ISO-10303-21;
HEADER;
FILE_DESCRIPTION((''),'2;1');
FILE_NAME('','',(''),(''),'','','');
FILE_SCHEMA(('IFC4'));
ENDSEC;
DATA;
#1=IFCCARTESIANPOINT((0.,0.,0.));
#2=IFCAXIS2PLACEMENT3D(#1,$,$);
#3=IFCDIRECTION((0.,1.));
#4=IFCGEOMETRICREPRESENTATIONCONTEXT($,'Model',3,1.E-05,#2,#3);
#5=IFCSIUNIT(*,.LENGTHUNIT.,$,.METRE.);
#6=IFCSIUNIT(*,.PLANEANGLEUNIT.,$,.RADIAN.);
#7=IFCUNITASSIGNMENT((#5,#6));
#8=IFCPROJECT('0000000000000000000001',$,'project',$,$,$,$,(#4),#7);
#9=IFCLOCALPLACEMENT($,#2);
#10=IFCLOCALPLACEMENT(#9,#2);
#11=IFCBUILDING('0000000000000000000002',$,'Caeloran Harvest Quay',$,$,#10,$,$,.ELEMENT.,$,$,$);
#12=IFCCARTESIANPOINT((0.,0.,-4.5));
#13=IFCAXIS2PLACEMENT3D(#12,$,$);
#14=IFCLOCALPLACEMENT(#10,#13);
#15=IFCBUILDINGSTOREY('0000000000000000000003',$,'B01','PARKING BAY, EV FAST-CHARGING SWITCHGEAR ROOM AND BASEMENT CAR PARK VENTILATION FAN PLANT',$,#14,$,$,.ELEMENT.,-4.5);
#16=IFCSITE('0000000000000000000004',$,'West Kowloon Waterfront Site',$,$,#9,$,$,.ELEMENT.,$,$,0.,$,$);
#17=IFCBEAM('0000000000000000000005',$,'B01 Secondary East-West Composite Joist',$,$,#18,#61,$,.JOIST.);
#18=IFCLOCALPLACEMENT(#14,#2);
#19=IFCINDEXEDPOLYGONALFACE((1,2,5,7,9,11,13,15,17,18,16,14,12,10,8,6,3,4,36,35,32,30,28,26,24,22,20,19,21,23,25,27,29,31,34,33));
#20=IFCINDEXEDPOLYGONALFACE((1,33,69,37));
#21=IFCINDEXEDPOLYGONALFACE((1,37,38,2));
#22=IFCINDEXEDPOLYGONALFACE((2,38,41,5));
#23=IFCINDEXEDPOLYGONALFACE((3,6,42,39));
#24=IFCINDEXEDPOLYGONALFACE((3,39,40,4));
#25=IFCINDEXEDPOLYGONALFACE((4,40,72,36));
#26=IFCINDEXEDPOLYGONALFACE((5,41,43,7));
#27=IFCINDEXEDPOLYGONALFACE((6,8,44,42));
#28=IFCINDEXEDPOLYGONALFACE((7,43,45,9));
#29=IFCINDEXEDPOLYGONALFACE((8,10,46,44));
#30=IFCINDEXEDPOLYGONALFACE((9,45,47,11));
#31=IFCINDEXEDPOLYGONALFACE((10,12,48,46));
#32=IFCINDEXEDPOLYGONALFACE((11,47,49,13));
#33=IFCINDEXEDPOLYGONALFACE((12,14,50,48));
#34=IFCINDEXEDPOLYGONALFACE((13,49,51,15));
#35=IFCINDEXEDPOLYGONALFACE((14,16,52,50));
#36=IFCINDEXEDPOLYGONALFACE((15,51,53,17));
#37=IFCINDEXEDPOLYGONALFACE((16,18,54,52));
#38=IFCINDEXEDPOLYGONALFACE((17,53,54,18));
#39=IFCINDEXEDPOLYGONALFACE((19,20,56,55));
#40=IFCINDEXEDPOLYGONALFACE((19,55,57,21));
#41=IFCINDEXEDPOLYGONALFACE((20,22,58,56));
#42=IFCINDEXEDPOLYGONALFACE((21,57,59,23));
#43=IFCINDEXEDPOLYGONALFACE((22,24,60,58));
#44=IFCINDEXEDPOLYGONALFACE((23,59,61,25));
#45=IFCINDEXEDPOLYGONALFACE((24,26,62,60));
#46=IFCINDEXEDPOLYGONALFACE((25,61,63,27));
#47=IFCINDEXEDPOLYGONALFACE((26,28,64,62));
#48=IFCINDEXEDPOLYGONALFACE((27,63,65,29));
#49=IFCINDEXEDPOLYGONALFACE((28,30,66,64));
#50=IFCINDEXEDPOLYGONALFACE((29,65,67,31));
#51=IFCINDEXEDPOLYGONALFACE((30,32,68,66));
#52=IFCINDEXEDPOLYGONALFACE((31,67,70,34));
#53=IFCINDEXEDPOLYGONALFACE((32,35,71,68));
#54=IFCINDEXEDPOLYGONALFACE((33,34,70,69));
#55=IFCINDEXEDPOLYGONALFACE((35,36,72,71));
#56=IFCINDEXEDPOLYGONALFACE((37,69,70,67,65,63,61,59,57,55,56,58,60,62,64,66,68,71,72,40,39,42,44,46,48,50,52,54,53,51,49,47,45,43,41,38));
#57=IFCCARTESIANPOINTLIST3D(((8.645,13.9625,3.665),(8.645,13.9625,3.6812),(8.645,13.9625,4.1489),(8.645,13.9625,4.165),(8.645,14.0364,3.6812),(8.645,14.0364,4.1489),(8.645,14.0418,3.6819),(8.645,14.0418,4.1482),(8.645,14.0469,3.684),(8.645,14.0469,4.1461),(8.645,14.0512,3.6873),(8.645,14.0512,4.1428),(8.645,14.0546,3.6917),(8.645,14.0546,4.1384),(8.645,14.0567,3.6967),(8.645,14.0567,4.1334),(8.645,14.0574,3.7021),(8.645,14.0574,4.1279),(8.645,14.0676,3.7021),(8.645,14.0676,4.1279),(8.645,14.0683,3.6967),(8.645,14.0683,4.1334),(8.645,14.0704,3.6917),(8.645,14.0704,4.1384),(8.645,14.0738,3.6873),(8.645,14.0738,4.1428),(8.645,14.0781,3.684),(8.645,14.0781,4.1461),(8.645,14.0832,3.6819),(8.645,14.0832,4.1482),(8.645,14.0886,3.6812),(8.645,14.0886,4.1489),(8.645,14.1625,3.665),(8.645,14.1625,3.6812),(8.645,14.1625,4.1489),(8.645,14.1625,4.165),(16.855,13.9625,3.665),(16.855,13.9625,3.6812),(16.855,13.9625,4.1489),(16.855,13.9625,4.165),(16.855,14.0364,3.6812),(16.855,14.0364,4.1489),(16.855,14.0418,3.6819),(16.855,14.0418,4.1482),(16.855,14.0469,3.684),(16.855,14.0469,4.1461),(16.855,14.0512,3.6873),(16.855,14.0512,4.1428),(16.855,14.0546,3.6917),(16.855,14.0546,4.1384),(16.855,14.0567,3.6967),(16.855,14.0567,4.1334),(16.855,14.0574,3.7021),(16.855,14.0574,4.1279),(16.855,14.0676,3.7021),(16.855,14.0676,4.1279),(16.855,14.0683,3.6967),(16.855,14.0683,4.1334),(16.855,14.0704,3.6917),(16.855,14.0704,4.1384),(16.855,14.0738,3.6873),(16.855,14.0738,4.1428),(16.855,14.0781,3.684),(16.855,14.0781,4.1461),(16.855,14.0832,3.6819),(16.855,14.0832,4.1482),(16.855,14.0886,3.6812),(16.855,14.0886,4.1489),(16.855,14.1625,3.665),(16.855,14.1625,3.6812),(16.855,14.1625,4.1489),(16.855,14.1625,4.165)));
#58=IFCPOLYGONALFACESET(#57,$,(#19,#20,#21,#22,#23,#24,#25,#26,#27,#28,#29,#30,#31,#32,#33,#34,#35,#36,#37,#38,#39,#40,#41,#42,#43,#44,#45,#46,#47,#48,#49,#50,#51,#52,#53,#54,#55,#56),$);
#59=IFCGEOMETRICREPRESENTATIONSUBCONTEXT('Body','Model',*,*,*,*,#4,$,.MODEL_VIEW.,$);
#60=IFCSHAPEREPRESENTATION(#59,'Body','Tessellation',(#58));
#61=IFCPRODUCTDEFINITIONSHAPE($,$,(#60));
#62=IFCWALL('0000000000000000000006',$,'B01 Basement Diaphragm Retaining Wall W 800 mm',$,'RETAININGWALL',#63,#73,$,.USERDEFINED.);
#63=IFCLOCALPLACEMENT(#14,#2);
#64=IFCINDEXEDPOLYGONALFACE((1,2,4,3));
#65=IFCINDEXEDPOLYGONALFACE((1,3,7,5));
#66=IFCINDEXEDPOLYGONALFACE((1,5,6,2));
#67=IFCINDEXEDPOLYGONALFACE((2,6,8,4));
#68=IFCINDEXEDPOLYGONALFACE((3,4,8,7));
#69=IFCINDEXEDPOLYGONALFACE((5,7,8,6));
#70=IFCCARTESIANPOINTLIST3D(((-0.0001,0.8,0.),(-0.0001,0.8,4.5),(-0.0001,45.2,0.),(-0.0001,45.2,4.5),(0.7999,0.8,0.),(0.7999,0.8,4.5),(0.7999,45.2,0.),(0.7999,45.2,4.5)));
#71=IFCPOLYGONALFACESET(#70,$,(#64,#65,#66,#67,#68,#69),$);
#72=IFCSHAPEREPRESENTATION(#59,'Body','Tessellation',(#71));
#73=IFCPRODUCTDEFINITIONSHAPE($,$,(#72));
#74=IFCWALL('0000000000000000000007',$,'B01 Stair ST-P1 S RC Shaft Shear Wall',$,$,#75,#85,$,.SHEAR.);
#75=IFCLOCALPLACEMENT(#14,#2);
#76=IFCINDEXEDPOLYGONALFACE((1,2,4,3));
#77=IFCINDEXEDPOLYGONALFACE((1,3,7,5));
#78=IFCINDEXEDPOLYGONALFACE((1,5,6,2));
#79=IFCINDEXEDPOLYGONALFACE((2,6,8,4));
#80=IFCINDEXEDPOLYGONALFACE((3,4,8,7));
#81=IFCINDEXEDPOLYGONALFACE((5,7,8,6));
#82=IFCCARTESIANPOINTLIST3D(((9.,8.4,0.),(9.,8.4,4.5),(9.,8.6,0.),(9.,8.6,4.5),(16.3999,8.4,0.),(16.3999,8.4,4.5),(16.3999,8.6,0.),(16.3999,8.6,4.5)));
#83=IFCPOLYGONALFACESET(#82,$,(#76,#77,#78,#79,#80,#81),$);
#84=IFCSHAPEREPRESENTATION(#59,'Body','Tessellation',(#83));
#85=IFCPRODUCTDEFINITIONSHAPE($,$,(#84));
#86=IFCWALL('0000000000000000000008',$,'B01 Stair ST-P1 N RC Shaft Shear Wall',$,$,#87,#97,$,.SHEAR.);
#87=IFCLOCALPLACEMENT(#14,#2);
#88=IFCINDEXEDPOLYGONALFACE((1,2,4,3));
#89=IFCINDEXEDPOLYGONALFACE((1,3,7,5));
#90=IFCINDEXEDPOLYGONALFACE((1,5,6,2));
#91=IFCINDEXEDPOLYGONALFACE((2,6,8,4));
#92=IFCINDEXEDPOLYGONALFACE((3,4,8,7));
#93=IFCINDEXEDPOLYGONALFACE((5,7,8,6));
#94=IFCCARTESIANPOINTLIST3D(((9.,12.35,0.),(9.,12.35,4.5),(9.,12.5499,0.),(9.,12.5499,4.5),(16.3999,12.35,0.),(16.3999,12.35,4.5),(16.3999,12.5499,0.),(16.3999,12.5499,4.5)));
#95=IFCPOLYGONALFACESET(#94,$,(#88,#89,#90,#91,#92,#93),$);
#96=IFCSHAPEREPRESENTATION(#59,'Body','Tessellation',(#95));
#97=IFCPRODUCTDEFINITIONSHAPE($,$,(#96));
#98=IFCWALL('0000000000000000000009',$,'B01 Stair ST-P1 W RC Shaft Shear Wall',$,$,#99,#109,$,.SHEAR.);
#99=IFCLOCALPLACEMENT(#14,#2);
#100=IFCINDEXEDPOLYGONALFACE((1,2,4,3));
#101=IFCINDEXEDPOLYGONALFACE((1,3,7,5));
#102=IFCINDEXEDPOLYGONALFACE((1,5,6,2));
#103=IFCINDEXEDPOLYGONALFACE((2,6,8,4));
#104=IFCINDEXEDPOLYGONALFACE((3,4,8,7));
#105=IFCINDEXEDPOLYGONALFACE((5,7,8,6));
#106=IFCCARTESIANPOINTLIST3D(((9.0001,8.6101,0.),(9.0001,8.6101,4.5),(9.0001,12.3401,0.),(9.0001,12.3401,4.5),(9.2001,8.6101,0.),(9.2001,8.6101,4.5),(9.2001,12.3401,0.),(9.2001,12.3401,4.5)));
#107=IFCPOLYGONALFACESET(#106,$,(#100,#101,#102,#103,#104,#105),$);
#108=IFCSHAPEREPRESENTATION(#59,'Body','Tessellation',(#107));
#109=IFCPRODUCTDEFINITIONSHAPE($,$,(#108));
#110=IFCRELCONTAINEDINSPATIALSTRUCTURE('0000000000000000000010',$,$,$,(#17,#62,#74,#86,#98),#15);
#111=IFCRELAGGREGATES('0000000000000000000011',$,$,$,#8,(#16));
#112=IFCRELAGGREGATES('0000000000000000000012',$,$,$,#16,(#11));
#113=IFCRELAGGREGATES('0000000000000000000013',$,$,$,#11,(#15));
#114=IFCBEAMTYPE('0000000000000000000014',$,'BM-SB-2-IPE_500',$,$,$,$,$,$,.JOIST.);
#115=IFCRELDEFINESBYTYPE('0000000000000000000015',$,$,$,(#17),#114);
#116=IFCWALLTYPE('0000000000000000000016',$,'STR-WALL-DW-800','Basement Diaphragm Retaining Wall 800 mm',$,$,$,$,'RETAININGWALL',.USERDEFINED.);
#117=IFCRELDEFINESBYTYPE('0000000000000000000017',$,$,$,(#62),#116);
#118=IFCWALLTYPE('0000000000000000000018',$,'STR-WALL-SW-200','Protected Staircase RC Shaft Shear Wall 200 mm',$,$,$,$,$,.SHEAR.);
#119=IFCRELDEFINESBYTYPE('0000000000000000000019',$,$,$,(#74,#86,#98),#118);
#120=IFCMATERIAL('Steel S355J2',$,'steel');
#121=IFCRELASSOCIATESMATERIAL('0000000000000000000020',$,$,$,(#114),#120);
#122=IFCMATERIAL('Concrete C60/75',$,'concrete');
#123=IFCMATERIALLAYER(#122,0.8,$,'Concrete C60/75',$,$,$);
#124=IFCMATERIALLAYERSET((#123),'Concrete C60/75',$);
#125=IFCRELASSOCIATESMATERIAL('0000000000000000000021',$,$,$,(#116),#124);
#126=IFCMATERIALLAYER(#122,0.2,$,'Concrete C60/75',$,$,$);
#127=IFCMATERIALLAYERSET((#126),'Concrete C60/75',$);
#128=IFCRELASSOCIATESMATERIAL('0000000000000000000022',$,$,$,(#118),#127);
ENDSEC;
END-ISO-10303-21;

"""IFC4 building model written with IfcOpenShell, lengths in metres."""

from ifc_helpers import new_model, si_unit, direction, frame, frame_2d, origin, origin_2d, place, context, subcontext, project, spatial, rectangle, i_section, extrude, material, layer, layer_set, material_profile, profile_set, type_object, element, save


model = new_model("IFC4")

# Units and contexts
model_context = context("Model", 3, precision=1e-05, world=origin(), true_north=direction((0.0, 1.0)))
body_context = subcontext(model_context, "Body", "Model", "MODEL_VIEW")
ifc_project = project(units=[si_unit("LENGTHUNIT", "METRE"), si_unit("PLANEANGLEUNIT", "RADIAN")], contexts=[model_context])

# Site, building, storey
site_placement = place(None, origin())
site = spatial("IfcSite", under=ifc_project, at=site_placement, Name="West Kowloon Waterfront Site", CompositionType="ELEMENT", RefElevation=0.0)
building_placement = place(site_placement, origin())
building = spatial("IfcBuilding", under=site, at=building_placement, Name="Caeloran Harvest Quay", CompositionType="ELEMENT")
storey_placement = place(building_placement, frame((0.0, 0.0, -4.5)))
storey = spatial("IfcBuildingStorey", under=building, at=storey_placement, Name="B01", Description="PARKING BAY, EV FAST-CHARGING SWITCHGEAR ROOM AND BASEMENT CAR PARK VENTILATION FAN PLANT", CompositionType="ELEMENT", Elevation=-4.5)

# Beam
ifc_material_1 = material(Name="Steel S355J2", Category="steel")
ifc_material_profile_1 = material_profile(ifc_material_1, i_section(OverallWidth=0.2, OverallDepth=0.5, WebThickness=0.0103, FlangeThickness=0.0161, FilletRadius=0.021, at=origin_2d()), Name="IPE 500")
ifc_profile_set_1 = profile_set([ifc_material_profile_1], Name="Steel S355J2")
beam_type_1 = type_object("IfcBeamType", Name="BM-SB-2-IPE_500", PredefinedType="JOIST", material=ifc_profile_set_1)
for number, where, z_axis, x_axis, name in (
    (1, (8.645, 14.0625, 3.915), (1.0, 0.0, 0.0), (0.0, 1.0, 0.0), "B01 Secondary East-West Composite Joist"),
):
    element("IfcBeam", number, at=place(storey_placement, frame(where, z_axis=z_axis, x_axis=x_axis)), inside=storey, type_object=beam_type_1, Name=name, PredefinedType="JOIST", context=body_context, shape_type="SweptSolid", body=[
        extrude(i_section(OverallWidth=0.2, OverallDepth=0.5, WebThickness=0.0103, FlangeThickness=0.0161, FilletRadius=0.021, at=origin_2d()), origin(), (0.0, 0.0, 1.0), 8.21),
    ])

# Walls
ifc_material_2 = material(Name="Concrete C60/75", Category="concrete")
ifc_layer_1 = layer(ifc_material_2, 0.8, Name="Concrete C60/75")
ifc_layer_set_1 = layer_set([ifc_layer_1], Name="Concrete C60/75")
wall_type_1 = type_object("IfcWallType", Name="STR-WALL-DW-800", Description="Basement Diaphragm Retaining Wall 800 mm", ElementType="RETAININGWALL", PredefinedType="USERDEFINED", material=ifc_layer_set_1)
wall_1_placement = place(storey_placement, frame((0.3999, 0.8, 0.0), z_axis=(0.0, 0.0, 1.0), x_axis=(0.0, 1.0, 0.0)))
element("IfcWall", 2, at=wall_1_placement, inside=storey, type_object=wall_type_1, Name="B01 Basement Diaphragm Retaining Wall W 800 mm", ObjectType="RETAININGWALL", PredefinedType="USERDEFINED", context=body_context, shape_type="SweptSolid", body=[
    extrude(rectangle(XDim=44.3999, YDim=0.8, at=frame_2d((22.2, 0.0))), origin(), (0.0, 0.0, 1.0), 4.5),
])
ifc_layer_2 = layer(ifc_material_2, 0.2, Name="Concrete C60/75")
ifc_layer_set_2 = layer_set([ifc_layer_2], Name="Concrete C60/75")
wall_type_2 = type_object("IfcWallType", Name="STR-WALL-SW-200", Description="Protected Staircase RC Shaft Shear Wall 200 mm", PredefinedType="SHEAR", material=ifc_layer_set_2)
for number, where, z_axis, x_axis, name in (
    (3, (9.0, 8.5, 0.0), (0.0, 0.0, 1.0), (1.0, 0.0, 0.0), "B01 Stair ST-P1 S RC Shaft Shear Wall"),
    (4, (9.0, 12.45, 0.0), (0.0, 0.0, 1.0), (1.0, 0.0, 0.0), "B01 Stair ST-P1 N RC Shaft Shear Wall"),
):
    element("IfcWall", number, at=place(storey_placement, frame(where, z_axis=z_axis, x_axis=x_axis)), inside=storey, type_object=wall_type_2, Name=name, PredefinedType="SHEAR", context=body_context, shape_type="SweptSolid", body=[
        extrude(rectangle(XDim=7.3999, YDim=0.2, at=frame_2d((3.7, 0.0))), origin(), (0.0, 0.0, 1.0), 4.5),
    ])
wall_2_placement = place(storey_placement, frame((9.1001, 8.6101, 0.0), z_axis=(0.0, 0.0, 1.0), x_axis=(0.0, 1.0, 0.0)))
element("IfcWall", 5, at=wall_2_placement, inside=storey, type_object=wall_type_2, Name="B01 Stair ST-P1 W RC Shaft Shear Wall", PredefinedType="SHEAR", context=body_context, shape_type="SweptSolid", body=[
    extrude(rectangle(XDim=3.73, YDim=0.2, at=frame_2d((1.865, 0.0))), origin(), (0.0, 0.0, 1.0), 4.5),
])

save(model, "model.ifc")
